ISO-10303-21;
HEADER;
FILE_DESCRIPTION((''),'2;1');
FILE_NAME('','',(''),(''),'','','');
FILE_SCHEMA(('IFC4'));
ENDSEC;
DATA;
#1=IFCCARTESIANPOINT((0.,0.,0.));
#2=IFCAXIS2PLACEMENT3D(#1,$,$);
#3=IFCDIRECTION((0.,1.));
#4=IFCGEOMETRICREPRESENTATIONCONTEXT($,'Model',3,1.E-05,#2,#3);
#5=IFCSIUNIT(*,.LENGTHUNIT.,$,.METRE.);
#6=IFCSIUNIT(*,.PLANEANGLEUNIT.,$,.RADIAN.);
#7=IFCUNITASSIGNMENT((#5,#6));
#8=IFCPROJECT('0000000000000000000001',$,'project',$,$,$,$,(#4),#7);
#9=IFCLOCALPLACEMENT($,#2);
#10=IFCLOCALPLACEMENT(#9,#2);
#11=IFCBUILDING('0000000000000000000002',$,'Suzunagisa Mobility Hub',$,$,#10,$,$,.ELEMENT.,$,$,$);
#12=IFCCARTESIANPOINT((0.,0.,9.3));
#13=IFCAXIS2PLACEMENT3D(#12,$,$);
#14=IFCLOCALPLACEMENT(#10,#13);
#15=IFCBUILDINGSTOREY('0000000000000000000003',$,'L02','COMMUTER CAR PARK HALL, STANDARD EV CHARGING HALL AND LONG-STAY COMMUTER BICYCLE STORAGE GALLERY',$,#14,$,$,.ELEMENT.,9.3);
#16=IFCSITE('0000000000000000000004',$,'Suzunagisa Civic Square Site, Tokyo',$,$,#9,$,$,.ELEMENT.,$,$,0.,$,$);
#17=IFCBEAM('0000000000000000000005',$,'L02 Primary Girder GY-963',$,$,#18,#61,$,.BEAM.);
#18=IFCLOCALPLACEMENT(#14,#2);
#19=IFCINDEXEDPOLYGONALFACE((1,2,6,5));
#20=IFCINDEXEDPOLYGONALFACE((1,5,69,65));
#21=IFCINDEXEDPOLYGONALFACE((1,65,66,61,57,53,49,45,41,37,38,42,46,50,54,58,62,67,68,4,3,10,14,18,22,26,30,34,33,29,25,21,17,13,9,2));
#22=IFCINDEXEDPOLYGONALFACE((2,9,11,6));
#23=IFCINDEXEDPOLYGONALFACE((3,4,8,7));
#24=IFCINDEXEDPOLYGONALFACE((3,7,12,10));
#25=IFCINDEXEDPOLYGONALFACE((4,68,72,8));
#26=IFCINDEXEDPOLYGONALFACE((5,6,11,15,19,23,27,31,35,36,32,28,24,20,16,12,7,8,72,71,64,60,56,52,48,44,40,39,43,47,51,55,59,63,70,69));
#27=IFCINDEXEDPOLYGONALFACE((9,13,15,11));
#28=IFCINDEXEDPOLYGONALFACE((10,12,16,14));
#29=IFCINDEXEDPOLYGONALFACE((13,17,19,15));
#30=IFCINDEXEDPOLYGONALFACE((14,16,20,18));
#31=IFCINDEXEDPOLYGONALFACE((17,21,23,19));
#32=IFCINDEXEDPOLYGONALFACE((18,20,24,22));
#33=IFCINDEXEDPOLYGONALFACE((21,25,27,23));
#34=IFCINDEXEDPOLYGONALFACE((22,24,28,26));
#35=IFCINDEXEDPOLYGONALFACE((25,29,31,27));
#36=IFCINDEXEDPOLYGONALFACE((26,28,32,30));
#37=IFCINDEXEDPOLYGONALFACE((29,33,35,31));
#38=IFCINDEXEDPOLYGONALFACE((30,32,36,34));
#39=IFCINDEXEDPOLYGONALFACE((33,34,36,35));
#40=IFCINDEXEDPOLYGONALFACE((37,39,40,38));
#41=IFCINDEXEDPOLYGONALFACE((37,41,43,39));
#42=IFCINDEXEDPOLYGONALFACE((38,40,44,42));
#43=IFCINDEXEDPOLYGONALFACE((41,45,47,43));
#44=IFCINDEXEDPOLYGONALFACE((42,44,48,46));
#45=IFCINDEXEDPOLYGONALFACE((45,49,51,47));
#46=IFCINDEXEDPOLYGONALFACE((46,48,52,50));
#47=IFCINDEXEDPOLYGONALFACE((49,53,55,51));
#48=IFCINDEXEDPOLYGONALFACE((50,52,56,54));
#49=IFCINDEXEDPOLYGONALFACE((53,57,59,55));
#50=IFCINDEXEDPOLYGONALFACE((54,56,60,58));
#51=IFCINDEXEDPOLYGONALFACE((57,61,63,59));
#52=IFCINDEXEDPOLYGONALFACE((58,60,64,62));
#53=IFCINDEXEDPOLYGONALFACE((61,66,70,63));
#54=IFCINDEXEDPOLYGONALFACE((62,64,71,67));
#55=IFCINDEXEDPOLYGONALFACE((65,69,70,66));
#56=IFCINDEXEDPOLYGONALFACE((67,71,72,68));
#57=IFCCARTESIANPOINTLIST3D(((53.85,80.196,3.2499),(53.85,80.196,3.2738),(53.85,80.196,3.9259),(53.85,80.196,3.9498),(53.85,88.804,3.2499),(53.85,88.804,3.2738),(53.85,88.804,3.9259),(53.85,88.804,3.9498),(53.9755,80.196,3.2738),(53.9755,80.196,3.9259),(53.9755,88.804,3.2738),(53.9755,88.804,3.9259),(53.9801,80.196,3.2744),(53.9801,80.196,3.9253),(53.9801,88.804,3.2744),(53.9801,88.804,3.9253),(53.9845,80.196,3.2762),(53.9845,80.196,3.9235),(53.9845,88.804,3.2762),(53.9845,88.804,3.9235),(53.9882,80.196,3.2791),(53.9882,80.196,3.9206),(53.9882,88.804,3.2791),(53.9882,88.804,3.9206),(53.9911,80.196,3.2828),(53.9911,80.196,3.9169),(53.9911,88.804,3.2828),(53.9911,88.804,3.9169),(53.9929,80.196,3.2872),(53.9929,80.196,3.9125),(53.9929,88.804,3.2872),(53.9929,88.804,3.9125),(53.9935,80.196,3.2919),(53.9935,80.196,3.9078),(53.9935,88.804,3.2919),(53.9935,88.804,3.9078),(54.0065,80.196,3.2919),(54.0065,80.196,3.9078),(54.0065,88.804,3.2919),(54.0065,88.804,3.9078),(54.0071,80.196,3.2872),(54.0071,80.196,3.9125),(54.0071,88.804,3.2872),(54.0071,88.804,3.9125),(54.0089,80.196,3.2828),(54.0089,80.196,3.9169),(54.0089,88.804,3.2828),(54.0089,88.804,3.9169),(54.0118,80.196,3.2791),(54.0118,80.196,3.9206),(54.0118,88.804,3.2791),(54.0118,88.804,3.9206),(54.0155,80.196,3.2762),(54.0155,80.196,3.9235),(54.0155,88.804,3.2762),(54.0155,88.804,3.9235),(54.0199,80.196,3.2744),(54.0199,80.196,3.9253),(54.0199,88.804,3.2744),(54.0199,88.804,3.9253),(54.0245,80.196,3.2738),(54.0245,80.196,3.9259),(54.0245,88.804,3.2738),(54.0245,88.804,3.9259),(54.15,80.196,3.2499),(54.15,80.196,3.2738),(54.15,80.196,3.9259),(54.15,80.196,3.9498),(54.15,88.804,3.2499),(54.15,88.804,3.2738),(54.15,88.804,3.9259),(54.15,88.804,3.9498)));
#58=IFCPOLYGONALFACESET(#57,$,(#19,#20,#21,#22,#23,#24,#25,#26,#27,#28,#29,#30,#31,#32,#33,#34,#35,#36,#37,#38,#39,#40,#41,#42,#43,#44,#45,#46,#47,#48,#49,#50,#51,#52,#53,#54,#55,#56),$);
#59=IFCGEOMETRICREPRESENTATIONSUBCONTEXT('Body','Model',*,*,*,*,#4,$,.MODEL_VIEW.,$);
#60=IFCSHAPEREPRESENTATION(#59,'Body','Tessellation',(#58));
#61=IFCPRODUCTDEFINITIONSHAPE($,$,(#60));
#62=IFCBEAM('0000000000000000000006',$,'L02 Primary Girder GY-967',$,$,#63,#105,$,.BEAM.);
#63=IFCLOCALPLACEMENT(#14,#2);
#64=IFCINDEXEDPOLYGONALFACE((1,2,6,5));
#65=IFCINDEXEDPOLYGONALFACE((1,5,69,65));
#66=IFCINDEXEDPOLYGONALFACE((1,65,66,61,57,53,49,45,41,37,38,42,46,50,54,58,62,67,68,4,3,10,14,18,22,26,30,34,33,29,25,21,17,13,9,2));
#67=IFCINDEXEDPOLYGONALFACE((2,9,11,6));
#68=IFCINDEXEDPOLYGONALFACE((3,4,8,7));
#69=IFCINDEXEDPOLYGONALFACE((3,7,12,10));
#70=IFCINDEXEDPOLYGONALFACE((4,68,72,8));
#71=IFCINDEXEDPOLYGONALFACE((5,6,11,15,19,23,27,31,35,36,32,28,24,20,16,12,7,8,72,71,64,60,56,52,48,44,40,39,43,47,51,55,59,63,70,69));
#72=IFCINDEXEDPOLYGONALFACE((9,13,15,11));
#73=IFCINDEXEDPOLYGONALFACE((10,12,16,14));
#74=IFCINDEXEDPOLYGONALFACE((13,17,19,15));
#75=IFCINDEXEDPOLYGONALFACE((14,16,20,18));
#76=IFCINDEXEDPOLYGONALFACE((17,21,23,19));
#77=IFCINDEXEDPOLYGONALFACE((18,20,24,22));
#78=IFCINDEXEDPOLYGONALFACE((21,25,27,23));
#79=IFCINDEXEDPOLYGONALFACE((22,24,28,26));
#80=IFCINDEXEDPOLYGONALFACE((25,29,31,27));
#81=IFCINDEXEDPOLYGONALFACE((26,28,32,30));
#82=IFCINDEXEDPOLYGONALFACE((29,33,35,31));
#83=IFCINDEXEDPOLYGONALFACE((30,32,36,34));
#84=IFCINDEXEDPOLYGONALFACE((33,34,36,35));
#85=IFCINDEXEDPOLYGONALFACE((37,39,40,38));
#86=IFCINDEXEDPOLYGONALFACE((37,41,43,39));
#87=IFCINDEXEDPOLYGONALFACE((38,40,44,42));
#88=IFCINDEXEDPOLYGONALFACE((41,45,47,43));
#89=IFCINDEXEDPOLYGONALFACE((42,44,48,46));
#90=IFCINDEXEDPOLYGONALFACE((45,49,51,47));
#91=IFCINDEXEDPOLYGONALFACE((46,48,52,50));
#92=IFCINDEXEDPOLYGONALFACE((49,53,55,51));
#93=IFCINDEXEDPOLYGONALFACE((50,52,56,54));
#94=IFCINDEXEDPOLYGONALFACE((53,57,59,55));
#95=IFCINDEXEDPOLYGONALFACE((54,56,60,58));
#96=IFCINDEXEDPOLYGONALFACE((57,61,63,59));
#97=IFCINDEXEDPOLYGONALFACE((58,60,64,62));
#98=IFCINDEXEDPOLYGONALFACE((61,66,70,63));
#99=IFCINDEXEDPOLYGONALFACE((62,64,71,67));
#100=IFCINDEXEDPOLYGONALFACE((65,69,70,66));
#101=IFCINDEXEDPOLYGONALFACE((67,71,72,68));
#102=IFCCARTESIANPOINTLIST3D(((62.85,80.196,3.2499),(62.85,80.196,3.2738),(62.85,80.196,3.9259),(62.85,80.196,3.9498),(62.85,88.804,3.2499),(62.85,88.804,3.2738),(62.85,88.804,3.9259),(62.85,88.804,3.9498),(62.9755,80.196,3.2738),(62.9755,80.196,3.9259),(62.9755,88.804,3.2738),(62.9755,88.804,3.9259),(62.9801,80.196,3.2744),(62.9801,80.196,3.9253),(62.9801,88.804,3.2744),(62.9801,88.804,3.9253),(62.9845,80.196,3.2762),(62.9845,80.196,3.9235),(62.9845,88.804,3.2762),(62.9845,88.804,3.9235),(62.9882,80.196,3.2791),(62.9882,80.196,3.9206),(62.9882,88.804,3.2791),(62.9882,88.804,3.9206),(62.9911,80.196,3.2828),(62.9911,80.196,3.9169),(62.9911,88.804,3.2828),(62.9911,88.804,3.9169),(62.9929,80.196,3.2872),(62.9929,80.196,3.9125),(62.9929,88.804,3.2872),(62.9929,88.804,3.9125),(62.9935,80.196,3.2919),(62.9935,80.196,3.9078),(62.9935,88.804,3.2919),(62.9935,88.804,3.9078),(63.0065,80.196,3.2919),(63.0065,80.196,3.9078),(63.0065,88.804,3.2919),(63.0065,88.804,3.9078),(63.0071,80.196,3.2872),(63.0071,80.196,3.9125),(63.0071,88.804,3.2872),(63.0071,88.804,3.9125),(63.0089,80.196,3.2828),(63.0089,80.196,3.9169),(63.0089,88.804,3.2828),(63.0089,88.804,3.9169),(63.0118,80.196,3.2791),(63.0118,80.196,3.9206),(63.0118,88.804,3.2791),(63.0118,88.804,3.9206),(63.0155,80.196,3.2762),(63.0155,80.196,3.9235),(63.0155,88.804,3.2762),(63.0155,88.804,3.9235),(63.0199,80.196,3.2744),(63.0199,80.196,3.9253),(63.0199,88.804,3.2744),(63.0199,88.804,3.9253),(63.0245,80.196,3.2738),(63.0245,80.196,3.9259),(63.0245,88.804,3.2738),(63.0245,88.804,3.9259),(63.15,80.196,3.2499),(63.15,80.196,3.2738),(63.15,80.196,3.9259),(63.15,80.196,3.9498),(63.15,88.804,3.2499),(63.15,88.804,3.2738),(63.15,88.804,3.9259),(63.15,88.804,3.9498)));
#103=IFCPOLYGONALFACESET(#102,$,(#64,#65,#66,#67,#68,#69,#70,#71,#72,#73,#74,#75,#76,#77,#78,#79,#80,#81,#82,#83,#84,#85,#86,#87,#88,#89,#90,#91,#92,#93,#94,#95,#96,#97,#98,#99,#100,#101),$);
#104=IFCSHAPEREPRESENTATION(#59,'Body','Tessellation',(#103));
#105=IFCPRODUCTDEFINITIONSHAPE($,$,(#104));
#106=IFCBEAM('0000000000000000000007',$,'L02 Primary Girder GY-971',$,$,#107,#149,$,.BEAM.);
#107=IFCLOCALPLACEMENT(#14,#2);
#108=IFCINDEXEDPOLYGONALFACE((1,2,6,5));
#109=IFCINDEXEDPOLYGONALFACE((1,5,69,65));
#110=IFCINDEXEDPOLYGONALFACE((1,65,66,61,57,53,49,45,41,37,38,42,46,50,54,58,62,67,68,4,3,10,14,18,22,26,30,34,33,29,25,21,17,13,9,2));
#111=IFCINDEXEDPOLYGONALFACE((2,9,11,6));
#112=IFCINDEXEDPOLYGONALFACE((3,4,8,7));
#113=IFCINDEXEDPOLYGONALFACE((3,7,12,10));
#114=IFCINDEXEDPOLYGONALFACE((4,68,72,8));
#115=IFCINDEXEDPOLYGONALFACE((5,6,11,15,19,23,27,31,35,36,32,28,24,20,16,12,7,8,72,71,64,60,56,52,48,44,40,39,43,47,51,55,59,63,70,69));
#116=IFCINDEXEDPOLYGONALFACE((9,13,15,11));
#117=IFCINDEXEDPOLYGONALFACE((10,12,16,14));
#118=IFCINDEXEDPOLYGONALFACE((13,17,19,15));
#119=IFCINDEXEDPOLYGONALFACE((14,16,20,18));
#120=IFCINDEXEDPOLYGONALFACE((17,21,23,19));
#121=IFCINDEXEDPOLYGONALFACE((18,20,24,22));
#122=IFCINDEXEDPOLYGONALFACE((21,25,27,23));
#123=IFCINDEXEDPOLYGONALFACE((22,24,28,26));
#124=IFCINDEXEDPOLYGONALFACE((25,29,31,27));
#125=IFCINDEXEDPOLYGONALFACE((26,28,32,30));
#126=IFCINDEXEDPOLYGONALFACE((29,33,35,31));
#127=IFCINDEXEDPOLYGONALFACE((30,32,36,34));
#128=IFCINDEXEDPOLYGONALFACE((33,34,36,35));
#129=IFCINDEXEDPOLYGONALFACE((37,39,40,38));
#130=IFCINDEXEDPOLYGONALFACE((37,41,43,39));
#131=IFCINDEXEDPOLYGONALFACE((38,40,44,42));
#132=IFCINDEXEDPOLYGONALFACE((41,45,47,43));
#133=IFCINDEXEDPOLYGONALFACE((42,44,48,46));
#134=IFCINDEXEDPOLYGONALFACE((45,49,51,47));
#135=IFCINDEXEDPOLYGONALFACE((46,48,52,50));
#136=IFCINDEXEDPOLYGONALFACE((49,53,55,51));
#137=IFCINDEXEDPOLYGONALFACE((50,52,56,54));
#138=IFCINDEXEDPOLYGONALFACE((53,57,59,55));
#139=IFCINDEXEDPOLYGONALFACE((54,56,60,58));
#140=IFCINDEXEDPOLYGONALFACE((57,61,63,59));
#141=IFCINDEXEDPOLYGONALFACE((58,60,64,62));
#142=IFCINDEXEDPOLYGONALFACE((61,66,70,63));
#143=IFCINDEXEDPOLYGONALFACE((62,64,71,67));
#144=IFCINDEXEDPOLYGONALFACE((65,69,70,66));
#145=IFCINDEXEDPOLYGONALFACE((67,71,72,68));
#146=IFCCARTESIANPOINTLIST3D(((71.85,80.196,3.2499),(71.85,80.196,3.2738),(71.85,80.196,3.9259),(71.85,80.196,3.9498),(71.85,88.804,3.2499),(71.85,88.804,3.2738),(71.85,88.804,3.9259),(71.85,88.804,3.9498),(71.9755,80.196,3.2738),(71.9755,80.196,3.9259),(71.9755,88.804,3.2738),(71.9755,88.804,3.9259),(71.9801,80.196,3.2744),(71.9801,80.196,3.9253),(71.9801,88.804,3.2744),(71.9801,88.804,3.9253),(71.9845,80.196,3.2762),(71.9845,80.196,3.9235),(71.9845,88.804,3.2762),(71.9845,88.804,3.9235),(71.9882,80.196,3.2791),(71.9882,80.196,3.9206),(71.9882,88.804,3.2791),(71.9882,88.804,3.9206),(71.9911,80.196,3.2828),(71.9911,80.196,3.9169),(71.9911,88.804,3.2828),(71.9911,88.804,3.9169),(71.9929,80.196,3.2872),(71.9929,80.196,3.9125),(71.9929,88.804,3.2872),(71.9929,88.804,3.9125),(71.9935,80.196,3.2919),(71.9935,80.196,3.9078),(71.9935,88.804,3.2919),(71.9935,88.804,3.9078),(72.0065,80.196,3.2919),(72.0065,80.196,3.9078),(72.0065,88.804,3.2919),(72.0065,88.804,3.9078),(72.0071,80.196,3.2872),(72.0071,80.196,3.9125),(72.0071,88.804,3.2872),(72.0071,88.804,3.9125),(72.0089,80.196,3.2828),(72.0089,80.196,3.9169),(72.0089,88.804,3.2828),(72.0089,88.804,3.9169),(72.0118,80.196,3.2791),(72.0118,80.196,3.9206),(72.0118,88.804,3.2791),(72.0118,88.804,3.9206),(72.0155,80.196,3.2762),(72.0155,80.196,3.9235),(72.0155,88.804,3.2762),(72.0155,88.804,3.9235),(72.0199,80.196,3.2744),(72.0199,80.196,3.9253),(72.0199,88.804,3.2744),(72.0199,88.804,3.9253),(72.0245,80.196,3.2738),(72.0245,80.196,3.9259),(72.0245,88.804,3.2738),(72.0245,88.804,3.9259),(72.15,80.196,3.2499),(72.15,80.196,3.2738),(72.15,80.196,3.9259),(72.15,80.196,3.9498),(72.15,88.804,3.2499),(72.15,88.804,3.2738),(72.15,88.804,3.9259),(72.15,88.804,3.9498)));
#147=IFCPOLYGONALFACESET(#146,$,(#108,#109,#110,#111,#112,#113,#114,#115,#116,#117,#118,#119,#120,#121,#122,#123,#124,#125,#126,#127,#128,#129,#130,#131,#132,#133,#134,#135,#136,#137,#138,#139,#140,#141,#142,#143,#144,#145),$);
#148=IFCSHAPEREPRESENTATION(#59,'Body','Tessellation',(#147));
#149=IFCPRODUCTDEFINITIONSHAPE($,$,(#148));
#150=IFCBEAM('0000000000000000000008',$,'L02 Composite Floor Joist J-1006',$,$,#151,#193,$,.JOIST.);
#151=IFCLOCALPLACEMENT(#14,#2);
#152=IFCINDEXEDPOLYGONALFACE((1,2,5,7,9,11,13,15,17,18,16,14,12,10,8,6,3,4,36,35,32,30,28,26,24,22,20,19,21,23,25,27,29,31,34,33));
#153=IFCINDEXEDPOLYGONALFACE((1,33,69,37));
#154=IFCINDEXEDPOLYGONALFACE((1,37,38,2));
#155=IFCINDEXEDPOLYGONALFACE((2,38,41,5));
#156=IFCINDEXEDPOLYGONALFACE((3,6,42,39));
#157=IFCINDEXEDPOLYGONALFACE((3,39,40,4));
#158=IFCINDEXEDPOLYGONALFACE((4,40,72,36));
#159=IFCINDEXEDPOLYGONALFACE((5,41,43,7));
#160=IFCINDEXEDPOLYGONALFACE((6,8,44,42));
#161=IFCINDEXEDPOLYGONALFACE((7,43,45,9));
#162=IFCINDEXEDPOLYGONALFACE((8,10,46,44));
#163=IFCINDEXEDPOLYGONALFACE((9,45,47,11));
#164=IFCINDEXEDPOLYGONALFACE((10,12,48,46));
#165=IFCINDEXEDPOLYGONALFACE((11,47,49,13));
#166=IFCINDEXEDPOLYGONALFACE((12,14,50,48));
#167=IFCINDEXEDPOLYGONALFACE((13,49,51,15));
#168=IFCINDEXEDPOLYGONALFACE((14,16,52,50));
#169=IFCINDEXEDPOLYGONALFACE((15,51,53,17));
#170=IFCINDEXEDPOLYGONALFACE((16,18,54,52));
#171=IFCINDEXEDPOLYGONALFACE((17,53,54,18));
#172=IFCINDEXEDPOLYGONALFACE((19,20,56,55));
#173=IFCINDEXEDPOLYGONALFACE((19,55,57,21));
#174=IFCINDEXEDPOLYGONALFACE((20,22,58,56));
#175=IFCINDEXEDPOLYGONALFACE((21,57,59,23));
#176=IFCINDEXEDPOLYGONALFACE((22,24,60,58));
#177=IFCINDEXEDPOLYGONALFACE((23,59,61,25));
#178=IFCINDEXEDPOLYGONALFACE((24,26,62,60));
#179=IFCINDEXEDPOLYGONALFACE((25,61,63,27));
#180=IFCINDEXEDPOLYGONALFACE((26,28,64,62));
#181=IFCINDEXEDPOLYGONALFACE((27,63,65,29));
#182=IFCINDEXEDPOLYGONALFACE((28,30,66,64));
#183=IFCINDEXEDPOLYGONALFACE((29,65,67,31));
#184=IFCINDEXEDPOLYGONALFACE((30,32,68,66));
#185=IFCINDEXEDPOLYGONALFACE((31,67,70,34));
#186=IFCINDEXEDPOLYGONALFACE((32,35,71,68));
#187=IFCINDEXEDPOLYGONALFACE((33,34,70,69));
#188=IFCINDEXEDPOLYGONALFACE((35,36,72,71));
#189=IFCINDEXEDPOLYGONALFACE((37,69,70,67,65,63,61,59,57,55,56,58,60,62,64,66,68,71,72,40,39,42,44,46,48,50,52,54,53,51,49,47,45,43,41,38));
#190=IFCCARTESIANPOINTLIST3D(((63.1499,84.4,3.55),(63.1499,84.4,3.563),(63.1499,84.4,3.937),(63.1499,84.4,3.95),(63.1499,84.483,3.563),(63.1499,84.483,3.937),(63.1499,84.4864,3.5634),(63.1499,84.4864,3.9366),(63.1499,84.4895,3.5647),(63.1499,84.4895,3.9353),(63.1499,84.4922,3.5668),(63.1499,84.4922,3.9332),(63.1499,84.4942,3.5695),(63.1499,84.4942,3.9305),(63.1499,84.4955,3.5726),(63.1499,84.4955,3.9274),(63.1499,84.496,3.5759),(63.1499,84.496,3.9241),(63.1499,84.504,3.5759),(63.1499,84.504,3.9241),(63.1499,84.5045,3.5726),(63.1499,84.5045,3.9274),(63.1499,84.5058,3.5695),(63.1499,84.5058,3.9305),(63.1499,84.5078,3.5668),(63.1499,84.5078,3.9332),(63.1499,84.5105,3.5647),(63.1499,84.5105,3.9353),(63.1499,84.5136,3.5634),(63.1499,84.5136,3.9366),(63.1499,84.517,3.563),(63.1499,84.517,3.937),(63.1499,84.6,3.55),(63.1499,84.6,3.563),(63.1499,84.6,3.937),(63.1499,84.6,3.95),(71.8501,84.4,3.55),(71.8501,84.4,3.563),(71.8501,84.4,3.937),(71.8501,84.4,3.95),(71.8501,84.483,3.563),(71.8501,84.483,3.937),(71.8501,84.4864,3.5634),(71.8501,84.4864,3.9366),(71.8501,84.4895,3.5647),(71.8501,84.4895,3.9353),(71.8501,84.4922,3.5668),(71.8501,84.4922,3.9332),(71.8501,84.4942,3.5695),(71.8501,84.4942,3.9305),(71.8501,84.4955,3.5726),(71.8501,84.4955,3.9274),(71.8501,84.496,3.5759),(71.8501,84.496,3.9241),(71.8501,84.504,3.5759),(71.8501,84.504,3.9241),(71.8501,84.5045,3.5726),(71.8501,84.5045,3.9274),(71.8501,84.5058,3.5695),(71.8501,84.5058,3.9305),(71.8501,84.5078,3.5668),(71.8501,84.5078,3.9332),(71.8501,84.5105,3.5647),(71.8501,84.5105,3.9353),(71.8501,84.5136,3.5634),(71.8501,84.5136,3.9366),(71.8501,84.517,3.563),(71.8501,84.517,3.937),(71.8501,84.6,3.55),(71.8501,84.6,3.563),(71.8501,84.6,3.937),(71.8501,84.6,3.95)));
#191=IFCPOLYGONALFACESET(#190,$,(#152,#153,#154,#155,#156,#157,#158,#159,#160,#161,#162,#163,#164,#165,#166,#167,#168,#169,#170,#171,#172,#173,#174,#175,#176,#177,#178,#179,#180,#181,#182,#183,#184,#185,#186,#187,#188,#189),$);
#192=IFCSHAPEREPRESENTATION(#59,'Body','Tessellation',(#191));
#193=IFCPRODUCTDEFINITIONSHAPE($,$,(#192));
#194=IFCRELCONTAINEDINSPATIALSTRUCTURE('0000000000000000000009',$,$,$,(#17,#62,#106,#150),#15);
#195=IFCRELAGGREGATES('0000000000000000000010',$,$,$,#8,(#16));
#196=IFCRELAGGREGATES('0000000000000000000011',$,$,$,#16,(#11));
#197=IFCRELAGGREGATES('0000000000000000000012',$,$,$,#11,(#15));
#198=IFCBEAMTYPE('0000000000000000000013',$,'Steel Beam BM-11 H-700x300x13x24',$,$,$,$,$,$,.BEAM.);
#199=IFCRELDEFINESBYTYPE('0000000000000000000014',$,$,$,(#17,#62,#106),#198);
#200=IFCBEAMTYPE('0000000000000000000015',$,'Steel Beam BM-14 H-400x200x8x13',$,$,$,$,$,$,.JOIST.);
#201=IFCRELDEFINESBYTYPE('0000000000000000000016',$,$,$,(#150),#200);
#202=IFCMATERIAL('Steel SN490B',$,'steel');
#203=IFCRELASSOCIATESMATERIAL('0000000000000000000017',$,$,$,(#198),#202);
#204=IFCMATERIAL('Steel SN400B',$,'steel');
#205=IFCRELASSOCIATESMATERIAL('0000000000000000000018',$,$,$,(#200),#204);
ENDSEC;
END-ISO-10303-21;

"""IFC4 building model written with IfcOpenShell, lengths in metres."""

from ifc_helpers import new_model, si_unit, direction, frame, origin, origin_2d, place, context, subcontext, project, spatial, i_section, extrude, material, material_profile, profile_set, type_object, element, save


model = new_model("IFC4")

# Units and contexts
model_context = context("Model", 3, precision=1e-05, world=origin(), true_north=direction((0.0, 1.0)))
body_context = subcontext(model_context, "Body", "Model", "MODEL_VIEW")
ifc_project = project(units=[si_unit("LENGTHUNIT", "METRE"), si_unit("PLANEANGLEUNIT", "RADIAN")], contexts=[model_context])

# Site, building, storey
site_placement = place(None, origin())
site = spatial("IfcSite", under=ifc_project, at=site_placement, Name="Suzunagisa Civic Square Site, Tokyo", CompositionType="ELEMENT", RefElevation=0.0)
building_placement = place(site_placement, origin())
building = spatial("IfcBuilding", under=site, at=building_placement, Name="Suzunagisa Mobility Hub", CompositionType="ELEMENT")
storey_placement = place(building_placement, frame((0.0, 0.0, 9.3)))
storey = spatial("IfcBuildingStorey", under=building, at=storey_placement, Name="L02", Description="COMMUTER CAR PARK HALL, STANDARD EV CHARGING HALL AND LONG-STAY COMMUTER BICYCLE STORAGE GALLERY", CompositionType="ELEMENT", Elevation=9.3)

# Shared definitions
ifc_material_1 = material(Name="Steel SN490B", Category="steel")

# Beams
ifc_material_profile_1 = material_profile(ifc_material_1, i_section(OverallWidth=0.3, OverallDepth=0.7, WebThickness=0.0129, FlangeThickness=0.0239, FilletRadius=0.0181, at=origin_2d()), Name="H-700x300x13x24")
ifc_profile_set_1 = profile_set([ifc_material_profile_1], Name="Steel SN490B")
beam_type_1 = type_object("IfcBeamType", Name="Steel Beam BM-11 H-700x300x13x24", PredefinedType="BEAM", material=ifc_profile_set_1)
for number, where, z_axis, x_axis, name in (
    (1, (54.0, 80.196, 3.5999), (0.0, 1.0, 0.0), (-1.0, 0.0, 0.0), "L02 Primary Girder GY-963"),
    (2, (63.0, 80.196, 3.5999), (0.0, 1.0, 0.0), (-1.0, 0.0, 0.0), "L02 Primary Girder GY-967"),
    (3, (72.0, 80.196, 3.5999), (0.0, 1.0, 0.0), (-1.0, 0.0, 0.0), "L02 Primary Girder GY-971"),
):
    element("IfcBeam", number, at=place(storey_placement, frame(where, z_axis=z_axis, x_axis=x_axis)), inside=storey, type_object=beam_type_1, Name=name, PredefinedType="BEAM", context=body_context, shape_type="SweptSolid", body=[
        extrude(i_section(OverallWidth=0.3, OverallDepth=0.7, WebThickness=0.0129, FlangeThickness=0.0239, FilletRadius=0.0181, at=origin_2d()), origin(), (0.0, 0.0, 1.0), 8.6079),
    ])
ifc_material_2 = material(Name="Steel SN400B", Category="steel")
ifc_material_profile_2 = material_profile(ifc_material_2, i_section(OverallWidth=0.2, OverallDepth=0.3999, WebThickness=0.0081, FlangeThickness=0.0129, FilletRadius=0.0129, at=origin_2d()), Name="H-400x200x8x13")
ifc_profile_set_2 = profile_set([ifc_material_profile_2], Name="Steel SN400B")
beam_type_2 = type_object("IfcBeamType", Name="Steel Beam BM-14 H-400x200x8x13", PredefinedType="JOIST", material=ifc_profile_set_2)
for number, where, z_axis, x_axis, name in (
    (4, (63.1499, 84.5, 3.75), (1.0, 0.0, 0.0), (0.0, 1.0, 0.0), "L02 Composite Floor Joist J-1006"),
):
    element("IfcBeam", number, at=place(storey_placement, frame(where, z_axis=z_axis, x_axis=x_axis)), inside=storey, type_object=beam_type_2, Name=name, PredefinedType="JOIST", context=body_context, shape_type="SweptSolid", body=[
        extrude(i_section(OverallWidth=0.2, OverallDepth=0.3999, WebThickness=0.0081, FlangeThickness=0.0129, FilletRadius=0.0129, at=origin_2d()), origin(), (0.0, 0.0, 1.0), 8.7002),
    ])

save(model, "model.ifc")
